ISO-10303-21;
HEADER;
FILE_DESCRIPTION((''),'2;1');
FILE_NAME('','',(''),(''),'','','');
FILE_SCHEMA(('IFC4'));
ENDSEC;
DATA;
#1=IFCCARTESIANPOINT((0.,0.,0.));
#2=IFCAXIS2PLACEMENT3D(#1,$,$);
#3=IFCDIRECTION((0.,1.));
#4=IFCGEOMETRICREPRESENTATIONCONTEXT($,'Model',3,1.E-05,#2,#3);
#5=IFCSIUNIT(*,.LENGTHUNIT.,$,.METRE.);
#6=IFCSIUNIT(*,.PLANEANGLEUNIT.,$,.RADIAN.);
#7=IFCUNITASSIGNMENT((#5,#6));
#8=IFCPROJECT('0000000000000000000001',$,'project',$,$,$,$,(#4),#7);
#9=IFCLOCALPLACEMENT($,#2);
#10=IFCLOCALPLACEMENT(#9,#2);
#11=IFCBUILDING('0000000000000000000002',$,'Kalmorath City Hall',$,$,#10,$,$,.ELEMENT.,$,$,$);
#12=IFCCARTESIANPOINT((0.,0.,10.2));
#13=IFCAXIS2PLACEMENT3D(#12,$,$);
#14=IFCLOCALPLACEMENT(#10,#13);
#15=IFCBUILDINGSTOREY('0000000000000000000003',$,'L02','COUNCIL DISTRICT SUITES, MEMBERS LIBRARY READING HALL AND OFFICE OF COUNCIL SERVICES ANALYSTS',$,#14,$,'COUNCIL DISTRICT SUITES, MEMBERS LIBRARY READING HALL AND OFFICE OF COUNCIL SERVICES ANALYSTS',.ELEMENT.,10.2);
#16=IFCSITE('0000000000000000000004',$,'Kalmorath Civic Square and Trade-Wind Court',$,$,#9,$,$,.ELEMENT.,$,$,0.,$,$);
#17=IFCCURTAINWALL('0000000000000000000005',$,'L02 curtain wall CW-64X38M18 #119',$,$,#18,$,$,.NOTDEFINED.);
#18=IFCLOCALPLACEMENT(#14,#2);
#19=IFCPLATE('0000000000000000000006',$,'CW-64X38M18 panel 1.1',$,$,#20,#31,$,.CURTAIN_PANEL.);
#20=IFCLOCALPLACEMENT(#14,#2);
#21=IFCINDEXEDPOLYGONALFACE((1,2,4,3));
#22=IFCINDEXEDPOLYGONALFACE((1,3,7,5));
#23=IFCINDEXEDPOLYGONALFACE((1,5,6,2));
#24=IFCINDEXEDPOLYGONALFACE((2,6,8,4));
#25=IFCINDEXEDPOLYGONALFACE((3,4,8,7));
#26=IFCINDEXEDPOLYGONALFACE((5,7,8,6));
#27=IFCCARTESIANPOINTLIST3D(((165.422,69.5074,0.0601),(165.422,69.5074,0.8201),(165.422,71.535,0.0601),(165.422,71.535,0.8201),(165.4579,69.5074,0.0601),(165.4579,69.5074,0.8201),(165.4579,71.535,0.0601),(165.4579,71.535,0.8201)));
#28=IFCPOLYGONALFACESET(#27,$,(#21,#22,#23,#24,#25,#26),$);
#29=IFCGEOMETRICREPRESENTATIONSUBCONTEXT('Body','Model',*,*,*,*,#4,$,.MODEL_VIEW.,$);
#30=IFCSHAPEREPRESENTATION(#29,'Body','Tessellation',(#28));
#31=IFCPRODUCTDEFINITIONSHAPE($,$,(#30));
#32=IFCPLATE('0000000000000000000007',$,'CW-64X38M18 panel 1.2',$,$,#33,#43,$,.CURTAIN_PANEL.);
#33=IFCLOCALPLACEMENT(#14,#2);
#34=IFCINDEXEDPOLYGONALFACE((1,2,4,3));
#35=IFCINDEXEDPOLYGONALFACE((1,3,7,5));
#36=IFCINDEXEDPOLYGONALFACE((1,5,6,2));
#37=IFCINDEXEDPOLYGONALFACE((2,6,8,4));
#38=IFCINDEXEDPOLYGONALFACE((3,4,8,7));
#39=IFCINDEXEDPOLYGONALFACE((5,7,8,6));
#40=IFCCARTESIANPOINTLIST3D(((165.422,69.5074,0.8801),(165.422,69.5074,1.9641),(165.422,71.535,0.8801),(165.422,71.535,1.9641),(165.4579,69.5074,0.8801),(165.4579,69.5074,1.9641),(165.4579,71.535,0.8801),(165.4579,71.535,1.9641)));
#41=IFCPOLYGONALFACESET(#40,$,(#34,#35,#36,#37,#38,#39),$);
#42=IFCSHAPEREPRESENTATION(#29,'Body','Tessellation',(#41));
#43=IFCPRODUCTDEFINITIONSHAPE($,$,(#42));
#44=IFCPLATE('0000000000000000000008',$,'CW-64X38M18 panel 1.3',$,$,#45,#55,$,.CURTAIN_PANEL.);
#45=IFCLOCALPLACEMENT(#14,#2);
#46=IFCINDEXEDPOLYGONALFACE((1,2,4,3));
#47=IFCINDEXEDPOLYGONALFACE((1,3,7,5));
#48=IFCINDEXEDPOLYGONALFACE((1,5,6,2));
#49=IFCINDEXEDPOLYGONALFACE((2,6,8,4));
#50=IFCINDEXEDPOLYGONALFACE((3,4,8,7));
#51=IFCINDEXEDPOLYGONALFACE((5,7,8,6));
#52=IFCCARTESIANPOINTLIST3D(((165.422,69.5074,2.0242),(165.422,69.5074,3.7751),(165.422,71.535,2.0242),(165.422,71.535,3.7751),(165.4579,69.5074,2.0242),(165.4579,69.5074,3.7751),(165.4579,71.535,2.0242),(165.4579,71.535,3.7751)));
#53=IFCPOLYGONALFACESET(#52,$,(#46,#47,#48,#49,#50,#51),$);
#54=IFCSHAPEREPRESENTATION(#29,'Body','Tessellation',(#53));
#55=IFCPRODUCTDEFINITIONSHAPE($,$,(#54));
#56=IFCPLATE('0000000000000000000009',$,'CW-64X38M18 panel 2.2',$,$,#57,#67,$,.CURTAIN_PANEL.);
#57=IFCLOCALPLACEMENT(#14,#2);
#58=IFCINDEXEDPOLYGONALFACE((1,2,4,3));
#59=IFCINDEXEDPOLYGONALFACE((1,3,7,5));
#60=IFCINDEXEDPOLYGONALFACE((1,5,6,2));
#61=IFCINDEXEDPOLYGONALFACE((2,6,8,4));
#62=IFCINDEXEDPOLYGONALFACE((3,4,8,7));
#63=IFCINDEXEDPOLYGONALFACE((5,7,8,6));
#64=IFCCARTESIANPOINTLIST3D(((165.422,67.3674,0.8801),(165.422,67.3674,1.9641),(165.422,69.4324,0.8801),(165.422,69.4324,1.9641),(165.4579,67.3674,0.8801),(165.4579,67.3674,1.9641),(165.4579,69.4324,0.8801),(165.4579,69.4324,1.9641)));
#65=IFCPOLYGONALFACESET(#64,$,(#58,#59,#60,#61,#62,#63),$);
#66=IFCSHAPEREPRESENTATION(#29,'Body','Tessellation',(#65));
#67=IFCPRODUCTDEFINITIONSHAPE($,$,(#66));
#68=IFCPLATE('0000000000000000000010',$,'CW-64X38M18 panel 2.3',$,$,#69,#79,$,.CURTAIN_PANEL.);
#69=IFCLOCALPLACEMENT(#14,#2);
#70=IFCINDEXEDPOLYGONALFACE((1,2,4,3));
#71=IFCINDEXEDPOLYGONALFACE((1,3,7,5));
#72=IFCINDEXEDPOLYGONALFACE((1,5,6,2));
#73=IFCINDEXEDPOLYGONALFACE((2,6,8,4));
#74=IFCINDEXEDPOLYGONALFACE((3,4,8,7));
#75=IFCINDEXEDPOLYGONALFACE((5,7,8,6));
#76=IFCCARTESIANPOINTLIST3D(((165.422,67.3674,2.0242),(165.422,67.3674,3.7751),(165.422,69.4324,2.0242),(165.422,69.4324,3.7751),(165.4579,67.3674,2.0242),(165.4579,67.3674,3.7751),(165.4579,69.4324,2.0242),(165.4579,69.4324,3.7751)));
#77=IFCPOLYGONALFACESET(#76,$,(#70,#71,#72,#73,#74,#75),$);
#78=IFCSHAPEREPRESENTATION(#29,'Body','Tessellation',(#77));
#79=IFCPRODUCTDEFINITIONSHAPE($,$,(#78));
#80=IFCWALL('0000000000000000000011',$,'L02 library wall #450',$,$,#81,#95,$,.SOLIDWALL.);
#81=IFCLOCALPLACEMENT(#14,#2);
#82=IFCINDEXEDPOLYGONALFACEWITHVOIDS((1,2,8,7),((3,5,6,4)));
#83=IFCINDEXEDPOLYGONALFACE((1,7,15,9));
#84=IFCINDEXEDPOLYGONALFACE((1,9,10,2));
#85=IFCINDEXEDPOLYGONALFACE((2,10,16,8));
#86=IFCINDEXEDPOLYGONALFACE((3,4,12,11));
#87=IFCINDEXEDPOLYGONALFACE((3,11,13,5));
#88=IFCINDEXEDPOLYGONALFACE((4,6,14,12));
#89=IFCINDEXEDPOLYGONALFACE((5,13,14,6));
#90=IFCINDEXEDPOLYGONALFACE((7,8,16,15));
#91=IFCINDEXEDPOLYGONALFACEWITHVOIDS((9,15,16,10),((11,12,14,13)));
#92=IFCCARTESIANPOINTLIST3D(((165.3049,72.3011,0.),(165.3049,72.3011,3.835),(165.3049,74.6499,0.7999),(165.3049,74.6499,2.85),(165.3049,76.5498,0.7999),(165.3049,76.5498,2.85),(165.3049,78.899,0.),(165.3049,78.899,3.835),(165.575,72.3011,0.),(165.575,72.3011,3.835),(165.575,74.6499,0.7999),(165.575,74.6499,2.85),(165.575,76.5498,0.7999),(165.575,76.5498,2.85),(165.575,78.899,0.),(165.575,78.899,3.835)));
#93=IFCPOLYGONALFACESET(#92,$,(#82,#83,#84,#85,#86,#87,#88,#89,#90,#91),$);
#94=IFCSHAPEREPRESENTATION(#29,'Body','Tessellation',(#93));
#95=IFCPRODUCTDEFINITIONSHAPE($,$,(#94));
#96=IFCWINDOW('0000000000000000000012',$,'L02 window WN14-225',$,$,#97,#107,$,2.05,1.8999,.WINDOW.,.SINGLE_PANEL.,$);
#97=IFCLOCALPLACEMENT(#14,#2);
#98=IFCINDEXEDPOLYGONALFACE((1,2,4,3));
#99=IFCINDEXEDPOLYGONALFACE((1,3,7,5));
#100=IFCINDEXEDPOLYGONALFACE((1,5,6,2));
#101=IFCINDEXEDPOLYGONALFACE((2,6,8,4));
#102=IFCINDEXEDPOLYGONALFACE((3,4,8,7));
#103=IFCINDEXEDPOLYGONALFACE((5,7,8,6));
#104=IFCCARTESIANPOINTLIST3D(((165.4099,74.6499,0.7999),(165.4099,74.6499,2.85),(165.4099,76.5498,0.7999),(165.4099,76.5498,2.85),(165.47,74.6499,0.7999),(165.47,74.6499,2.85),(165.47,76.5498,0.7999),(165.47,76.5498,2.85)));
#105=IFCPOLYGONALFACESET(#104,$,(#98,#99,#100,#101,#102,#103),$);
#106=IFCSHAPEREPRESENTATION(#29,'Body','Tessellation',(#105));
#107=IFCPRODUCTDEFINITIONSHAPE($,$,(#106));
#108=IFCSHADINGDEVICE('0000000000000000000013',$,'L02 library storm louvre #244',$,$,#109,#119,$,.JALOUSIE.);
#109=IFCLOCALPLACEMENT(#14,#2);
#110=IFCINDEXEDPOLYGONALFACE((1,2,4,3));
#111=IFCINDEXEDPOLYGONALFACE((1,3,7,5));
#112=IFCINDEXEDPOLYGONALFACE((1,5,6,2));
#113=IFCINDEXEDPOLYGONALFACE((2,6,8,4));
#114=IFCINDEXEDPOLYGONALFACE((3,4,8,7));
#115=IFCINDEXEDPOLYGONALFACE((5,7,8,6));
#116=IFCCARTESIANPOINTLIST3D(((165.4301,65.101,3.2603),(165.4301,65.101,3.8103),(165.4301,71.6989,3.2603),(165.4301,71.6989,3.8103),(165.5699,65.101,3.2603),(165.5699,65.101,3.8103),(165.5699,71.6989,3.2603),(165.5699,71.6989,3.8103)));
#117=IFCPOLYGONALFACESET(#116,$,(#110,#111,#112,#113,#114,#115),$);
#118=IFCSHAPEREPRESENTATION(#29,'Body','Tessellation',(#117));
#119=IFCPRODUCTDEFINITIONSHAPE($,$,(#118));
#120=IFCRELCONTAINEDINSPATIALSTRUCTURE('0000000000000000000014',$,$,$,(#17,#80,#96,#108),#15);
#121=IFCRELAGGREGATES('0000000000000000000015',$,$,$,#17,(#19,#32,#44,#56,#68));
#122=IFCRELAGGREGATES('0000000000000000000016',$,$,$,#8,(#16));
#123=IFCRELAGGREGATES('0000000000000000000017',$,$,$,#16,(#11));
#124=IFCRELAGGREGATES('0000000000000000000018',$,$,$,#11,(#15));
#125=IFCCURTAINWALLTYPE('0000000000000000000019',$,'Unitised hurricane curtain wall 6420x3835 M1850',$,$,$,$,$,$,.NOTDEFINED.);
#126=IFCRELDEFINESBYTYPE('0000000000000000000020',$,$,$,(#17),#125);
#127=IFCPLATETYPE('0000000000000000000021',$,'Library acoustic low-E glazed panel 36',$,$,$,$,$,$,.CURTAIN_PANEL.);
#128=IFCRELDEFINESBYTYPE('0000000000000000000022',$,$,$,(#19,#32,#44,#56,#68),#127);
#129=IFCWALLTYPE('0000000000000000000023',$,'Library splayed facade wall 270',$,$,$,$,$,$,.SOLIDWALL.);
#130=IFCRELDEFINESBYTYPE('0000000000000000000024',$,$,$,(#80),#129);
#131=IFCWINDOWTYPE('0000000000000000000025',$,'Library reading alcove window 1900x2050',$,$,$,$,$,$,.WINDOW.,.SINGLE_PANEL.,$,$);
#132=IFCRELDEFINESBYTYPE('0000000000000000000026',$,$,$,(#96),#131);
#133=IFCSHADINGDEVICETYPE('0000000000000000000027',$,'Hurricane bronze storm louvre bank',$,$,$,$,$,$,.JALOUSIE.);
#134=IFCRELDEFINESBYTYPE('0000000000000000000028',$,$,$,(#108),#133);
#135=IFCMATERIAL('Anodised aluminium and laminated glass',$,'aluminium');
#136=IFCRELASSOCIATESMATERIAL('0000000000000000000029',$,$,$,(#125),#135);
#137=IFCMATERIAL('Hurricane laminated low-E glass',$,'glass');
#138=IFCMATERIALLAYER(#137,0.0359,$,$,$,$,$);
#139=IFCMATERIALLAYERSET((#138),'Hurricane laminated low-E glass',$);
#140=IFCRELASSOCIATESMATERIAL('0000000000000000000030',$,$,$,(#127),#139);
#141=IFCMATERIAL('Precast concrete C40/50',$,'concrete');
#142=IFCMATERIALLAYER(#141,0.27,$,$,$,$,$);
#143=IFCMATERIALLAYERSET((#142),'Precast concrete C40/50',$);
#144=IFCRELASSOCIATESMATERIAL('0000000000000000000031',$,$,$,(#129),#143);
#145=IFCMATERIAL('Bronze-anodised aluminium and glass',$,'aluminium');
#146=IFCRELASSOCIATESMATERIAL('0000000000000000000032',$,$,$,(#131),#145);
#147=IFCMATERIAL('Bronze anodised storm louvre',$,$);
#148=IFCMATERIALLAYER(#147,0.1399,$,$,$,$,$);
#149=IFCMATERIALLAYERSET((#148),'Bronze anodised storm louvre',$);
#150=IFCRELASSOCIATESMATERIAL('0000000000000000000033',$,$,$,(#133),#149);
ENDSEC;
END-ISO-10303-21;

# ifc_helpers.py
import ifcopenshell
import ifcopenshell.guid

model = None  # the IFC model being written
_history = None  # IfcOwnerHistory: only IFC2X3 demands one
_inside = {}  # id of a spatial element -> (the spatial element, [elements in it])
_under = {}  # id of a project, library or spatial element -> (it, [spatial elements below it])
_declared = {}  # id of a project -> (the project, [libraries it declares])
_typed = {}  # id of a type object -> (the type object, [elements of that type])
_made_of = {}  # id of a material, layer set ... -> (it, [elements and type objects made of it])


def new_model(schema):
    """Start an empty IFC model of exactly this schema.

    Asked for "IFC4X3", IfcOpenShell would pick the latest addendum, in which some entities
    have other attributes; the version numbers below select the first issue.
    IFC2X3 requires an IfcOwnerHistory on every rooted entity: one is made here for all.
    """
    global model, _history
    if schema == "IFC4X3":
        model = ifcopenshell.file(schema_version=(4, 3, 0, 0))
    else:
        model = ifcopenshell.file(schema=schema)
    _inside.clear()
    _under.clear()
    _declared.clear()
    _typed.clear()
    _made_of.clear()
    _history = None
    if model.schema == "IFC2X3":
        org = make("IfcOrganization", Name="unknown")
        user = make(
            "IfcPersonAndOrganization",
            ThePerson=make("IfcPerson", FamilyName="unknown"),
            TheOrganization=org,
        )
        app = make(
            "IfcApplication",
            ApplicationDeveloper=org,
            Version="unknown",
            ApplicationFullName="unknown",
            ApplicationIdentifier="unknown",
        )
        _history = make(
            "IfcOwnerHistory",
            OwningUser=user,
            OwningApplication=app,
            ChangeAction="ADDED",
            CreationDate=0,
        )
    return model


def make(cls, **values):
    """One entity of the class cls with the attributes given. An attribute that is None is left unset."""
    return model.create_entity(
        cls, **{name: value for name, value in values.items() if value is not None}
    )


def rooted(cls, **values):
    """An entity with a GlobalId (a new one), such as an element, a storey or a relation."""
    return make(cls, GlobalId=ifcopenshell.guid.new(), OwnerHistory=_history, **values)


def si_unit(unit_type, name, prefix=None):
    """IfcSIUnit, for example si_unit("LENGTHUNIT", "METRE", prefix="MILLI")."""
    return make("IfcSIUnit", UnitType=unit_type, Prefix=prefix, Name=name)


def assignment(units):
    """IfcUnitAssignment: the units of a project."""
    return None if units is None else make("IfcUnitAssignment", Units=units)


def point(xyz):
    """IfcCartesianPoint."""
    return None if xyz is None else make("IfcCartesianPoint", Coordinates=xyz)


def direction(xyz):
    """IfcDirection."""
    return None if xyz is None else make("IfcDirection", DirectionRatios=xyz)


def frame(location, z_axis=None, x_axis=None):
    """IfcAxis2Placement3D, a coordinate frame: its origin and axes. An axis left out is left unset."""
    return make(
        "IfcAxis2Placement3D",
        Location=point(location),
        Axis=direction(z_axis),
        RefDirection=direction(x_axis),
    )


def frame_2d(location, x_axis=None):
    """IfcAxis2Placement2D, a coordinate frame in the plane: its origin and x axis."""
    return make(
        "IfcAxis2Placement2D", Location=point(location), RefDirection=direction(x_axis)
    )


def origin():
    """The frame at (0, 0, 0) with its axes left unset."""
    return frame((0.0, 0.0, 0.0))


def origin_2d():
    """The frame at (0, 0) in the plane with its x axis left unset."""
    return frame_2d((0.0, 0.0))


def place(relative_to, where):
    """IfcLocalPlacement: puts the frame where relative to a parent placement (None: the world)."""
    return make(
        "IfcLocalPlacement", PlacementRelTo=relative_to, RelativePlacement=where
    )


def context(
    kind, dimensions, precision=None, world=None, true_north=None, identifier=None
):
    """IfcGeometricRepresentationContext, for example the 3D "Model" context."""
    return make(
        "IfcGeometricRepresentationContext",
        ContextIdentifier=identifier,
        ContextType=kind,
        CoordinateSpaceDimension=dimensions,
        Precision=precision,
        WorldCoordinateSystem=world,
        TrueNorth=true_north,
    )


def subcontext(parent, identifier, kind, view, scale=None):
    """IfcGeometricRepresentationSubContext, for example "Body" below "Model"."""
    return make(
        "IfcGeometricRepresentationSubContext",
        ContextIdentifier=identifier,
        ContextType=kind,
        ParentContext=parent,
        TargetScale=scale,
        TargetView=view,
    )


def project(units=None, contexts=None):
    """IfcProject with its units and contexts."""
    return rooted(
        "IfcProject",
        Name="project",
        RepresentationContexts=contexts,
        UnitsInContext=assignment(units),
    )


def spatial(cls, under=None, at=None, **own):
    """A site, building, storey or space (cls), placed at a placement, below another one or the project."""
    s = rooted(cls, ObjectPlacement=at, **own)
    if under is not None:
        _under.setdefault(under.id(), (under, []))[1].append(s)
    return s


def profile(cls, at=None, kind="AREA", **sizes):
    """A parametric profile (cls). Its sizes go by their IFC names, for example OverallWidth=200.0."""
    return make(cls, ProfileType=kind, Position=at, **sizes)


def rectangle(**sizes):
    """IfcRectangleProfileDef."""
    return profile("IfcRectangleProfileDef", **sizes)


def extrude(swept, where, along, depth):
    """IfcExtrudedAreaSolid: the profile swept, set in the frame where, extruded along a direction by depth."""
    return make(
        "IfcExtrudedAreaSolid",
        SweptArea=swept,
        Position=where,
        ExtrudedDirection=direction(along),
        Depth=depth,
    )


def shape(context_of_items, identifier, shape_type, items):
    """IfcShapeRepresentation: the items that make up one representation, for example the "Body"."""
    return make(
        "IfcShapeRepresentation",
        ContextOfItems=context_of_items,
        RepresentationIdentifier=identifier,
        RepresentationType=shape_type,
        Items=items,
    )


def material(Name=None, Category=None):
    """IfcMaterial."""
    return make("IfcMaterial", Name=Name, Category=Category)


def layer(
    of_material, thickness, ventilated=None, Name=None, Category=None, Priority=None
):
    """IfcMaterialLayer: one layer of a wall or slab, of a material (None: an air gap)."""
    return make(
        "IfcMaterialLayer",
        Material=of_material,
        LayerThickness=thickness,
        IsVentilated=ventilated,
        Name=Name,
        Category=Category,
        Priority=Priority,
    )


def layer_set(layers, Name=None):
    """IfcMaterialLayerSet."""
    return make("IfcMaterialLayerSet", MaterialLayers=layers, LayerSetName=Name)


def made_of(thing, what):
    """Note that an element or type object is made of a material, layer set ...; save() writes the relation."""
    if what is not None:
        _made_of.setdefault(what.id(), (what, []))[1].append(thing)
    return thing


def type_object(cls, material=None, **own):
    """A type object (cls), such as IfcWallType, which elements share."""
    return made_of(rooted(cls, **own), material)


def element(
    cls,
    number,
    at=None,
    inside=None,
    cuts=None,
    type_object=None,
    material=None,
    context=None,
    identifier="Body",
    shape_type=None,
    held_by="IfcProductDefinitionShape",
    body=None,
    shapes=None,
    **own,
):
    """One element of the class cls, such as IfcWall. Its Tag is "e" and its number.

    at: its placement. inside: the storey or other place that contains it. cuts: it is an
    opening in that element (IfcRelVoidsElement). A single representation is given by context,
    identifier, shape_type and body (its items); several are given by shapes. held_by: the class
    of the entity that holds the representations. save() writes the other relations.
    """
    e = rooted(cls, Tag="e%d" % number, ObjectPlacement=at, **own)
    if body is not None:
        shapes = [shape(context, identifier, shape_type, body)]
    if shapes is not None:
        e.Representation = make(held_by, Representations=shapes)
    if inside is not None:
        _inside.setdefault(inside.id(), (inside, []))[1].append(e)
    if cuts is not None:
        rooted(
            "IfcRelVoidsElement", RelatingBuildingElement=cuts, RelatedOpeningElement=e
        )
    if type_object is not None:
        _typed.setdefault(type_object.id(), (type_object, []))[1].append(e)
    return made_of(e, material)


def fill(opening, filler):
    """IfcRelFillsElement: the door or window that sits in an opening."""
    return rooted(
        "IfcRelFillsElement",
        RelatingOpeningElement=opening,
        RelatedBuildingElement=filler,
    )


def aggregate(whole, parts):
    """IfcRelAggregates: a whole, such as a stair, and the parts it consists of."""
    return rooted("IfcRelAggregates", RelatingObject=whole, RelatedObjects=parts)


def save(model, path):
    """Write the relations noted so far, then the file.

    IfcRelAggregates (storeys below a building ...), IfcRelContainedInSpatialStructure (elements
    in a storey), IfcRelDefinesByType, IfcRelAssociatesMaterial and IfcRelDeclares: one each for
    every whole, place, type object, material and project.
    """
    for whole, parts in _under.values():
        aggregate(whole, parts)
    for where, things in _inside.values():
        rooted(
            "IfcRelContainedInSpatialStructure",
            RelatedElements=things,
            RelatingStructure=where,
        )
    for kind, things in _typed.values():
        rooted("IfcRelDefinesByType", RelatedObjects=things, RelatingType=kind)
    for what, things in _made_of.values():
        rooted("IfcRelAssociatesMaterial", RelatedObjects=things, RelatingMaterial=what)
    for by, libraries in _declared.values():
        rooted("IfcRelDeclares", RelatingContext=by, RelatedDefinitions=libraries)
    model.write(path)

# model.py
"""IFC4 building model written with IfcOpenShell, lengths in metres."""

from ifc_helpers import new_model, si_unit, direction, frame, frame_2d, origin, origin_2d, place, context, subcontext, project, spatial, rectangle, extrude, material, layer, layer_set, type_object, element, fill, aggregate, save


model = new_model("IFC4")

# Units and contexts
model_context = context("Model", 3, precision=1e-05, world=origin(), true_north=direction((0.0, 1.0)))
body_context = subcontext(model_context, "Body", "Model", "MODEL_VIEW")
ifc_project = project(units=[si_unit("LENGTHUNIT", "METRE"), si_unit("PLANEANGLEUNIT", "RADIAN")], contexts=[model_context])

# Site, building, storey
site_placement = place(None, origin())
site = spatial("IfcSite", under=ifc_project, at=site_placement, Name="Kalmorath Civic Square and Trade-Wind Court", CompositionType="ELEMENT", RefElevation=0.0)
building_placement = place(site_placement, origin())
building = spatial("IfcBuilding", under=site, at=building_placement, Name="Kalmorath City Hall", CompositionType="ELEMENT")
storey_placement = place(building_placement, frame((0.0, 0.0, 10.2)))
storey = spatial("IfcBuildingStorey", under=building, at=storey_placement, Name="L02", Description="COUNCIL DISTRICT SUITES, MEMBERS LIBRARY READING HALL AND OFFICE OF COUNCIL SERVICES ANALYSTS", LongName="COUNCIL DISTRICT SUITES, MEMBERS LIBRARY READING HALL AND OFFICE OF COUNCIL SERVICES ANALYSTS", CompositionType="ELEMENT", Elevation=10.2)

# Curtain wall
ifc_material_1 = material(Name="Anodised aluminium and laminated glass", Category="aluminium")
curtain_wall_type_1 = type_object("IfcCurtainWallType", Name="Unitised hurricane curtain wall 6420x3835 M1850", PredefinedType="NOTDEFINED", material=ifc_material_1)
curtain_wall_1_placement = place(storey_placement, origin())
curtain_wall_1 = element("IfcCurtainWall", 1, at=curtain_wall_1_placement, inside=storey, type_object=curtain_wall_type_1, Name="L02 curtain wall CW-64X38M18 #119", PredefinedType="NOTDEFINED")

# Plates
ifc_material_2 = material(Name="Hurricane laminated low-E glass", Category="glass")
ifc_layer_1 = layer(ifc_material_2, 0.0359)
ifc_layer_set_1 = layer_set([ifc_layer_1], Name="Hurricane laminated low-E glass")
plate_type = type_object("IfcPlateType", Name="Library acoustic low-E glazed panel 36", PredefinedType="CURTAIN_PANEL", material=ifc_layer_set_1)
plate_1_placement = place(storey_placement, frame((165.4399, 70.5212, 0.0601), z_axis=(0.0, 0.0, 1.0), x_axis=(0.0, -1.0, 0.0)))
plate_1 = element("IfcPlate", 2, at=plate_1_placement, type_object=plate_type, Name="CW-64X38M18 panel 1.1", PredefinedType="CURTAIN_PANEL", context=body_context, shape_type="SweptSolid", body=[
    extrude(rectangle(XDim=2.0276, YDim=0.0359, at=origin_2d()), origin(), (0.0, 0.0, 1.0), 0.76),
])
plate_2_placement = place(storey_placement, frame((165.4399, 70.5212, 0.8801), z_axis=(0.0, 0.0, 1.0), x_axis=(0.0, -1.0, 0.0)))
plate_2 = element("IfcPlate", 3, at=plate_2_placement, type_object=plate_type, Name="CW-64X38M18 panel 1.2", PredefinedType="CURTAIN_PANEL", context=body_context, shape_type="SweptSolid", body=[
    extrude(rectangle(XDim=2.0276, YDim=0.0359, at=origin_2d()), origin(), (0.0, 0.0, 1.0), 1.084),
])
plate_3_placement = place(storey_placement, frame((165.4399, 70.5212, 2.0242), z_axis=(0.0, 0.0, 1.0), x_axis=(0.0, -1.0, 0.0)))
plate_3 = element("IfcPlate", 4, at=plate_3_placement, type_object=plate_type, Name="CW-64X38M18 panel 1.3", PredefinedType="CURTAIN_PANEL", context=body_context, shape_type="SweptSolid", body=[
    extrude(rectangle(XDim=2.0276, YDim=0.0359, at=origin_2d()), origin(), (0.0, 0.0, 1.0), 1.751),
])
plate_4_placement = place(storey_placement, frame((165.4399, 68.3999, 0.8801), z_axis=(0.0, 0.0, 1.0), x_axis=(0.0, -1.0, 0.0)))
plate_4 = element("IfcPlate", 5, at=plate_4_placement, type_object=plate_type, Name="CW-64X38M18 panel 2.2", PredefinedType="CURTAIN_PANEL", context=body_context, shape_type="SweptSolid", body=[
    extrude(rectangle(XDim=2.0649, YDim=0.0359, at=origin_2d()), origin(), (0.0, 0.0, 1.0), 1.084),
])
plate_5_placement = place(storey_placement, frame((165.4399, 68.3999, 2.0242), z_axis=(0.0, 0.0, 1.0), x_axis=(0.0, -1.0, 0.0)))
plate_5 = element("IfcPlate", 6, at=plate_5_placement, type_object=plate_type, Name="CW-64X38M18 panel 2.3", PredefinedType="CURTAIN_PANEL", context=body_context, shape_type="SweptSolid", body=[
    extrude(rectangle(XDim=2.0649, YDim=0.0359, at=origin_2d()), origin(), (0.0, 0.0, 1.0), 1.751),
])
aggregate(curtain_wall_1, [plate_1, plate_2, plate_3, plate_4, plate_5])

# Wall, opening, window
ifc_material_3 = material(Name="Precast concrete C40/50", Category="concrete")
ifc_layer_2 = layer(ifc_material_3, 0.27)
ifc_layer_set_2 = layer_set([ifc_layer_2], Name="Precast concrete C40/50")
wall_type = type_object("IfcWallType", Name="Library splayed facade wall 270", PredefinedType="SOLIDWALL", material=ifc_layer_set_2)
wall_placement = place(storey_placement, frame((165.4399, 78.8989, 0.0), z_axis=(0.0, 0.0, 1.0), x_axis=(0.0, -1.0, 0.0)))
wall = element("IfcWall", 7, at=wall_placement, inside=storey, type_object=wall_type, Name="L02 library wall #450", PredefinedType="SOLIDWALL", context=body_context, shape_type="SweptSolid", body=[
    extrude(rectangle(XDim=6.5979, YDim=0.27, at=frame_2d((3.2988, 0.0))), origin(), (0.0, 0.0, 1.0), 3.835),
])
opening_placement = place(wall_placement, frame((2.3491, 0.0, 0.8)))
opening = element("IfcOpeningElement", 8, at=opening_placement, cuts=wall, PredefinedType="OPENING", context=body_context, shape_type="SweptSolid", body=[
    extrude(rectangle(XDim=1.8999, YDim=2.05, at=frame_2d((0.95, 1.0249))), frame((0.0, 0.145, 0.0), z_axis=(0.0, -1.0, 0.0), x_axis=(1.0, 0.0, 0.0)), (0.0, 0.0, 1.0), 0.29),
])
ifc_material_4 = material(Name="Bronze-anodised aluminium and glass", Category="aluminium")
window_type = type_object("IfcWindowType", Name="Library reading alcove window 1900x2050", PartitioningType="SINGLE_PANEL", PredefinedType="WINDOW", material=ifc_material_4)
window_placement = place(opening_placement, origin())
window = element("IfcWindow", 9, at=window_placement, inside=storey, type_object=window_type, Name="L02 window WN14-225", OverallHeight=2.05, OverallWidth=1.8999, PartitioningType="SINGLE_PANEL", PredefinedType="WINDOW", context=body_context, shape_type="SweptSolid", body=[
    extrude(rectangle(XDim=1.8999, YDim=2.05, at=frame_2d((0.95, 1.0249))), frame((0.0, 0.03, 0.0), z_axis=(0.0, -1.0, 0.0), x_axis=(1.0, 0.0, 0.0)), (0.0, 0.0, 1.0), 0.0601),
])
fill(opening, window)

# Shading device
ifc_material_5 = material(Name="Bronze anodised storm louvre")
ifc_layer_3 = layer(ifc_material_5, 0.1399)
ifc_layer_set_3 = layer_set([ifc_layer_3], Name="Bronze anodised storm louvre")
shading_device_type = type_object("IfcShadingDeviceType", Name="Hurricane bronze storm louvre bank", PredefinedType="JALOUSIE", material=ifc_layer_set_3)
shading_device_placement = place(storey_placement, frame((165.5, 68.3999, 3.2603), z_axis=(0.0, 0.0, 1.0), x_axis=(0.0, -1.0, 0.0)))
element("IfcShadingDevice", 10, at=shading_device_placement, inside=storey, type_object=shading_device_type, Name="L02 library storm louvre #244", PredefinedType="JALOUSIE", context=body_context, shape_type="SweptSolid", body=[
    extrude(rectangle(XDim=6.5979, YDim=0.1399, at=origin_2d()), origin(), (0.0, 0.0, 1.0), 0.55),
])

save(model, "model.ifc")
